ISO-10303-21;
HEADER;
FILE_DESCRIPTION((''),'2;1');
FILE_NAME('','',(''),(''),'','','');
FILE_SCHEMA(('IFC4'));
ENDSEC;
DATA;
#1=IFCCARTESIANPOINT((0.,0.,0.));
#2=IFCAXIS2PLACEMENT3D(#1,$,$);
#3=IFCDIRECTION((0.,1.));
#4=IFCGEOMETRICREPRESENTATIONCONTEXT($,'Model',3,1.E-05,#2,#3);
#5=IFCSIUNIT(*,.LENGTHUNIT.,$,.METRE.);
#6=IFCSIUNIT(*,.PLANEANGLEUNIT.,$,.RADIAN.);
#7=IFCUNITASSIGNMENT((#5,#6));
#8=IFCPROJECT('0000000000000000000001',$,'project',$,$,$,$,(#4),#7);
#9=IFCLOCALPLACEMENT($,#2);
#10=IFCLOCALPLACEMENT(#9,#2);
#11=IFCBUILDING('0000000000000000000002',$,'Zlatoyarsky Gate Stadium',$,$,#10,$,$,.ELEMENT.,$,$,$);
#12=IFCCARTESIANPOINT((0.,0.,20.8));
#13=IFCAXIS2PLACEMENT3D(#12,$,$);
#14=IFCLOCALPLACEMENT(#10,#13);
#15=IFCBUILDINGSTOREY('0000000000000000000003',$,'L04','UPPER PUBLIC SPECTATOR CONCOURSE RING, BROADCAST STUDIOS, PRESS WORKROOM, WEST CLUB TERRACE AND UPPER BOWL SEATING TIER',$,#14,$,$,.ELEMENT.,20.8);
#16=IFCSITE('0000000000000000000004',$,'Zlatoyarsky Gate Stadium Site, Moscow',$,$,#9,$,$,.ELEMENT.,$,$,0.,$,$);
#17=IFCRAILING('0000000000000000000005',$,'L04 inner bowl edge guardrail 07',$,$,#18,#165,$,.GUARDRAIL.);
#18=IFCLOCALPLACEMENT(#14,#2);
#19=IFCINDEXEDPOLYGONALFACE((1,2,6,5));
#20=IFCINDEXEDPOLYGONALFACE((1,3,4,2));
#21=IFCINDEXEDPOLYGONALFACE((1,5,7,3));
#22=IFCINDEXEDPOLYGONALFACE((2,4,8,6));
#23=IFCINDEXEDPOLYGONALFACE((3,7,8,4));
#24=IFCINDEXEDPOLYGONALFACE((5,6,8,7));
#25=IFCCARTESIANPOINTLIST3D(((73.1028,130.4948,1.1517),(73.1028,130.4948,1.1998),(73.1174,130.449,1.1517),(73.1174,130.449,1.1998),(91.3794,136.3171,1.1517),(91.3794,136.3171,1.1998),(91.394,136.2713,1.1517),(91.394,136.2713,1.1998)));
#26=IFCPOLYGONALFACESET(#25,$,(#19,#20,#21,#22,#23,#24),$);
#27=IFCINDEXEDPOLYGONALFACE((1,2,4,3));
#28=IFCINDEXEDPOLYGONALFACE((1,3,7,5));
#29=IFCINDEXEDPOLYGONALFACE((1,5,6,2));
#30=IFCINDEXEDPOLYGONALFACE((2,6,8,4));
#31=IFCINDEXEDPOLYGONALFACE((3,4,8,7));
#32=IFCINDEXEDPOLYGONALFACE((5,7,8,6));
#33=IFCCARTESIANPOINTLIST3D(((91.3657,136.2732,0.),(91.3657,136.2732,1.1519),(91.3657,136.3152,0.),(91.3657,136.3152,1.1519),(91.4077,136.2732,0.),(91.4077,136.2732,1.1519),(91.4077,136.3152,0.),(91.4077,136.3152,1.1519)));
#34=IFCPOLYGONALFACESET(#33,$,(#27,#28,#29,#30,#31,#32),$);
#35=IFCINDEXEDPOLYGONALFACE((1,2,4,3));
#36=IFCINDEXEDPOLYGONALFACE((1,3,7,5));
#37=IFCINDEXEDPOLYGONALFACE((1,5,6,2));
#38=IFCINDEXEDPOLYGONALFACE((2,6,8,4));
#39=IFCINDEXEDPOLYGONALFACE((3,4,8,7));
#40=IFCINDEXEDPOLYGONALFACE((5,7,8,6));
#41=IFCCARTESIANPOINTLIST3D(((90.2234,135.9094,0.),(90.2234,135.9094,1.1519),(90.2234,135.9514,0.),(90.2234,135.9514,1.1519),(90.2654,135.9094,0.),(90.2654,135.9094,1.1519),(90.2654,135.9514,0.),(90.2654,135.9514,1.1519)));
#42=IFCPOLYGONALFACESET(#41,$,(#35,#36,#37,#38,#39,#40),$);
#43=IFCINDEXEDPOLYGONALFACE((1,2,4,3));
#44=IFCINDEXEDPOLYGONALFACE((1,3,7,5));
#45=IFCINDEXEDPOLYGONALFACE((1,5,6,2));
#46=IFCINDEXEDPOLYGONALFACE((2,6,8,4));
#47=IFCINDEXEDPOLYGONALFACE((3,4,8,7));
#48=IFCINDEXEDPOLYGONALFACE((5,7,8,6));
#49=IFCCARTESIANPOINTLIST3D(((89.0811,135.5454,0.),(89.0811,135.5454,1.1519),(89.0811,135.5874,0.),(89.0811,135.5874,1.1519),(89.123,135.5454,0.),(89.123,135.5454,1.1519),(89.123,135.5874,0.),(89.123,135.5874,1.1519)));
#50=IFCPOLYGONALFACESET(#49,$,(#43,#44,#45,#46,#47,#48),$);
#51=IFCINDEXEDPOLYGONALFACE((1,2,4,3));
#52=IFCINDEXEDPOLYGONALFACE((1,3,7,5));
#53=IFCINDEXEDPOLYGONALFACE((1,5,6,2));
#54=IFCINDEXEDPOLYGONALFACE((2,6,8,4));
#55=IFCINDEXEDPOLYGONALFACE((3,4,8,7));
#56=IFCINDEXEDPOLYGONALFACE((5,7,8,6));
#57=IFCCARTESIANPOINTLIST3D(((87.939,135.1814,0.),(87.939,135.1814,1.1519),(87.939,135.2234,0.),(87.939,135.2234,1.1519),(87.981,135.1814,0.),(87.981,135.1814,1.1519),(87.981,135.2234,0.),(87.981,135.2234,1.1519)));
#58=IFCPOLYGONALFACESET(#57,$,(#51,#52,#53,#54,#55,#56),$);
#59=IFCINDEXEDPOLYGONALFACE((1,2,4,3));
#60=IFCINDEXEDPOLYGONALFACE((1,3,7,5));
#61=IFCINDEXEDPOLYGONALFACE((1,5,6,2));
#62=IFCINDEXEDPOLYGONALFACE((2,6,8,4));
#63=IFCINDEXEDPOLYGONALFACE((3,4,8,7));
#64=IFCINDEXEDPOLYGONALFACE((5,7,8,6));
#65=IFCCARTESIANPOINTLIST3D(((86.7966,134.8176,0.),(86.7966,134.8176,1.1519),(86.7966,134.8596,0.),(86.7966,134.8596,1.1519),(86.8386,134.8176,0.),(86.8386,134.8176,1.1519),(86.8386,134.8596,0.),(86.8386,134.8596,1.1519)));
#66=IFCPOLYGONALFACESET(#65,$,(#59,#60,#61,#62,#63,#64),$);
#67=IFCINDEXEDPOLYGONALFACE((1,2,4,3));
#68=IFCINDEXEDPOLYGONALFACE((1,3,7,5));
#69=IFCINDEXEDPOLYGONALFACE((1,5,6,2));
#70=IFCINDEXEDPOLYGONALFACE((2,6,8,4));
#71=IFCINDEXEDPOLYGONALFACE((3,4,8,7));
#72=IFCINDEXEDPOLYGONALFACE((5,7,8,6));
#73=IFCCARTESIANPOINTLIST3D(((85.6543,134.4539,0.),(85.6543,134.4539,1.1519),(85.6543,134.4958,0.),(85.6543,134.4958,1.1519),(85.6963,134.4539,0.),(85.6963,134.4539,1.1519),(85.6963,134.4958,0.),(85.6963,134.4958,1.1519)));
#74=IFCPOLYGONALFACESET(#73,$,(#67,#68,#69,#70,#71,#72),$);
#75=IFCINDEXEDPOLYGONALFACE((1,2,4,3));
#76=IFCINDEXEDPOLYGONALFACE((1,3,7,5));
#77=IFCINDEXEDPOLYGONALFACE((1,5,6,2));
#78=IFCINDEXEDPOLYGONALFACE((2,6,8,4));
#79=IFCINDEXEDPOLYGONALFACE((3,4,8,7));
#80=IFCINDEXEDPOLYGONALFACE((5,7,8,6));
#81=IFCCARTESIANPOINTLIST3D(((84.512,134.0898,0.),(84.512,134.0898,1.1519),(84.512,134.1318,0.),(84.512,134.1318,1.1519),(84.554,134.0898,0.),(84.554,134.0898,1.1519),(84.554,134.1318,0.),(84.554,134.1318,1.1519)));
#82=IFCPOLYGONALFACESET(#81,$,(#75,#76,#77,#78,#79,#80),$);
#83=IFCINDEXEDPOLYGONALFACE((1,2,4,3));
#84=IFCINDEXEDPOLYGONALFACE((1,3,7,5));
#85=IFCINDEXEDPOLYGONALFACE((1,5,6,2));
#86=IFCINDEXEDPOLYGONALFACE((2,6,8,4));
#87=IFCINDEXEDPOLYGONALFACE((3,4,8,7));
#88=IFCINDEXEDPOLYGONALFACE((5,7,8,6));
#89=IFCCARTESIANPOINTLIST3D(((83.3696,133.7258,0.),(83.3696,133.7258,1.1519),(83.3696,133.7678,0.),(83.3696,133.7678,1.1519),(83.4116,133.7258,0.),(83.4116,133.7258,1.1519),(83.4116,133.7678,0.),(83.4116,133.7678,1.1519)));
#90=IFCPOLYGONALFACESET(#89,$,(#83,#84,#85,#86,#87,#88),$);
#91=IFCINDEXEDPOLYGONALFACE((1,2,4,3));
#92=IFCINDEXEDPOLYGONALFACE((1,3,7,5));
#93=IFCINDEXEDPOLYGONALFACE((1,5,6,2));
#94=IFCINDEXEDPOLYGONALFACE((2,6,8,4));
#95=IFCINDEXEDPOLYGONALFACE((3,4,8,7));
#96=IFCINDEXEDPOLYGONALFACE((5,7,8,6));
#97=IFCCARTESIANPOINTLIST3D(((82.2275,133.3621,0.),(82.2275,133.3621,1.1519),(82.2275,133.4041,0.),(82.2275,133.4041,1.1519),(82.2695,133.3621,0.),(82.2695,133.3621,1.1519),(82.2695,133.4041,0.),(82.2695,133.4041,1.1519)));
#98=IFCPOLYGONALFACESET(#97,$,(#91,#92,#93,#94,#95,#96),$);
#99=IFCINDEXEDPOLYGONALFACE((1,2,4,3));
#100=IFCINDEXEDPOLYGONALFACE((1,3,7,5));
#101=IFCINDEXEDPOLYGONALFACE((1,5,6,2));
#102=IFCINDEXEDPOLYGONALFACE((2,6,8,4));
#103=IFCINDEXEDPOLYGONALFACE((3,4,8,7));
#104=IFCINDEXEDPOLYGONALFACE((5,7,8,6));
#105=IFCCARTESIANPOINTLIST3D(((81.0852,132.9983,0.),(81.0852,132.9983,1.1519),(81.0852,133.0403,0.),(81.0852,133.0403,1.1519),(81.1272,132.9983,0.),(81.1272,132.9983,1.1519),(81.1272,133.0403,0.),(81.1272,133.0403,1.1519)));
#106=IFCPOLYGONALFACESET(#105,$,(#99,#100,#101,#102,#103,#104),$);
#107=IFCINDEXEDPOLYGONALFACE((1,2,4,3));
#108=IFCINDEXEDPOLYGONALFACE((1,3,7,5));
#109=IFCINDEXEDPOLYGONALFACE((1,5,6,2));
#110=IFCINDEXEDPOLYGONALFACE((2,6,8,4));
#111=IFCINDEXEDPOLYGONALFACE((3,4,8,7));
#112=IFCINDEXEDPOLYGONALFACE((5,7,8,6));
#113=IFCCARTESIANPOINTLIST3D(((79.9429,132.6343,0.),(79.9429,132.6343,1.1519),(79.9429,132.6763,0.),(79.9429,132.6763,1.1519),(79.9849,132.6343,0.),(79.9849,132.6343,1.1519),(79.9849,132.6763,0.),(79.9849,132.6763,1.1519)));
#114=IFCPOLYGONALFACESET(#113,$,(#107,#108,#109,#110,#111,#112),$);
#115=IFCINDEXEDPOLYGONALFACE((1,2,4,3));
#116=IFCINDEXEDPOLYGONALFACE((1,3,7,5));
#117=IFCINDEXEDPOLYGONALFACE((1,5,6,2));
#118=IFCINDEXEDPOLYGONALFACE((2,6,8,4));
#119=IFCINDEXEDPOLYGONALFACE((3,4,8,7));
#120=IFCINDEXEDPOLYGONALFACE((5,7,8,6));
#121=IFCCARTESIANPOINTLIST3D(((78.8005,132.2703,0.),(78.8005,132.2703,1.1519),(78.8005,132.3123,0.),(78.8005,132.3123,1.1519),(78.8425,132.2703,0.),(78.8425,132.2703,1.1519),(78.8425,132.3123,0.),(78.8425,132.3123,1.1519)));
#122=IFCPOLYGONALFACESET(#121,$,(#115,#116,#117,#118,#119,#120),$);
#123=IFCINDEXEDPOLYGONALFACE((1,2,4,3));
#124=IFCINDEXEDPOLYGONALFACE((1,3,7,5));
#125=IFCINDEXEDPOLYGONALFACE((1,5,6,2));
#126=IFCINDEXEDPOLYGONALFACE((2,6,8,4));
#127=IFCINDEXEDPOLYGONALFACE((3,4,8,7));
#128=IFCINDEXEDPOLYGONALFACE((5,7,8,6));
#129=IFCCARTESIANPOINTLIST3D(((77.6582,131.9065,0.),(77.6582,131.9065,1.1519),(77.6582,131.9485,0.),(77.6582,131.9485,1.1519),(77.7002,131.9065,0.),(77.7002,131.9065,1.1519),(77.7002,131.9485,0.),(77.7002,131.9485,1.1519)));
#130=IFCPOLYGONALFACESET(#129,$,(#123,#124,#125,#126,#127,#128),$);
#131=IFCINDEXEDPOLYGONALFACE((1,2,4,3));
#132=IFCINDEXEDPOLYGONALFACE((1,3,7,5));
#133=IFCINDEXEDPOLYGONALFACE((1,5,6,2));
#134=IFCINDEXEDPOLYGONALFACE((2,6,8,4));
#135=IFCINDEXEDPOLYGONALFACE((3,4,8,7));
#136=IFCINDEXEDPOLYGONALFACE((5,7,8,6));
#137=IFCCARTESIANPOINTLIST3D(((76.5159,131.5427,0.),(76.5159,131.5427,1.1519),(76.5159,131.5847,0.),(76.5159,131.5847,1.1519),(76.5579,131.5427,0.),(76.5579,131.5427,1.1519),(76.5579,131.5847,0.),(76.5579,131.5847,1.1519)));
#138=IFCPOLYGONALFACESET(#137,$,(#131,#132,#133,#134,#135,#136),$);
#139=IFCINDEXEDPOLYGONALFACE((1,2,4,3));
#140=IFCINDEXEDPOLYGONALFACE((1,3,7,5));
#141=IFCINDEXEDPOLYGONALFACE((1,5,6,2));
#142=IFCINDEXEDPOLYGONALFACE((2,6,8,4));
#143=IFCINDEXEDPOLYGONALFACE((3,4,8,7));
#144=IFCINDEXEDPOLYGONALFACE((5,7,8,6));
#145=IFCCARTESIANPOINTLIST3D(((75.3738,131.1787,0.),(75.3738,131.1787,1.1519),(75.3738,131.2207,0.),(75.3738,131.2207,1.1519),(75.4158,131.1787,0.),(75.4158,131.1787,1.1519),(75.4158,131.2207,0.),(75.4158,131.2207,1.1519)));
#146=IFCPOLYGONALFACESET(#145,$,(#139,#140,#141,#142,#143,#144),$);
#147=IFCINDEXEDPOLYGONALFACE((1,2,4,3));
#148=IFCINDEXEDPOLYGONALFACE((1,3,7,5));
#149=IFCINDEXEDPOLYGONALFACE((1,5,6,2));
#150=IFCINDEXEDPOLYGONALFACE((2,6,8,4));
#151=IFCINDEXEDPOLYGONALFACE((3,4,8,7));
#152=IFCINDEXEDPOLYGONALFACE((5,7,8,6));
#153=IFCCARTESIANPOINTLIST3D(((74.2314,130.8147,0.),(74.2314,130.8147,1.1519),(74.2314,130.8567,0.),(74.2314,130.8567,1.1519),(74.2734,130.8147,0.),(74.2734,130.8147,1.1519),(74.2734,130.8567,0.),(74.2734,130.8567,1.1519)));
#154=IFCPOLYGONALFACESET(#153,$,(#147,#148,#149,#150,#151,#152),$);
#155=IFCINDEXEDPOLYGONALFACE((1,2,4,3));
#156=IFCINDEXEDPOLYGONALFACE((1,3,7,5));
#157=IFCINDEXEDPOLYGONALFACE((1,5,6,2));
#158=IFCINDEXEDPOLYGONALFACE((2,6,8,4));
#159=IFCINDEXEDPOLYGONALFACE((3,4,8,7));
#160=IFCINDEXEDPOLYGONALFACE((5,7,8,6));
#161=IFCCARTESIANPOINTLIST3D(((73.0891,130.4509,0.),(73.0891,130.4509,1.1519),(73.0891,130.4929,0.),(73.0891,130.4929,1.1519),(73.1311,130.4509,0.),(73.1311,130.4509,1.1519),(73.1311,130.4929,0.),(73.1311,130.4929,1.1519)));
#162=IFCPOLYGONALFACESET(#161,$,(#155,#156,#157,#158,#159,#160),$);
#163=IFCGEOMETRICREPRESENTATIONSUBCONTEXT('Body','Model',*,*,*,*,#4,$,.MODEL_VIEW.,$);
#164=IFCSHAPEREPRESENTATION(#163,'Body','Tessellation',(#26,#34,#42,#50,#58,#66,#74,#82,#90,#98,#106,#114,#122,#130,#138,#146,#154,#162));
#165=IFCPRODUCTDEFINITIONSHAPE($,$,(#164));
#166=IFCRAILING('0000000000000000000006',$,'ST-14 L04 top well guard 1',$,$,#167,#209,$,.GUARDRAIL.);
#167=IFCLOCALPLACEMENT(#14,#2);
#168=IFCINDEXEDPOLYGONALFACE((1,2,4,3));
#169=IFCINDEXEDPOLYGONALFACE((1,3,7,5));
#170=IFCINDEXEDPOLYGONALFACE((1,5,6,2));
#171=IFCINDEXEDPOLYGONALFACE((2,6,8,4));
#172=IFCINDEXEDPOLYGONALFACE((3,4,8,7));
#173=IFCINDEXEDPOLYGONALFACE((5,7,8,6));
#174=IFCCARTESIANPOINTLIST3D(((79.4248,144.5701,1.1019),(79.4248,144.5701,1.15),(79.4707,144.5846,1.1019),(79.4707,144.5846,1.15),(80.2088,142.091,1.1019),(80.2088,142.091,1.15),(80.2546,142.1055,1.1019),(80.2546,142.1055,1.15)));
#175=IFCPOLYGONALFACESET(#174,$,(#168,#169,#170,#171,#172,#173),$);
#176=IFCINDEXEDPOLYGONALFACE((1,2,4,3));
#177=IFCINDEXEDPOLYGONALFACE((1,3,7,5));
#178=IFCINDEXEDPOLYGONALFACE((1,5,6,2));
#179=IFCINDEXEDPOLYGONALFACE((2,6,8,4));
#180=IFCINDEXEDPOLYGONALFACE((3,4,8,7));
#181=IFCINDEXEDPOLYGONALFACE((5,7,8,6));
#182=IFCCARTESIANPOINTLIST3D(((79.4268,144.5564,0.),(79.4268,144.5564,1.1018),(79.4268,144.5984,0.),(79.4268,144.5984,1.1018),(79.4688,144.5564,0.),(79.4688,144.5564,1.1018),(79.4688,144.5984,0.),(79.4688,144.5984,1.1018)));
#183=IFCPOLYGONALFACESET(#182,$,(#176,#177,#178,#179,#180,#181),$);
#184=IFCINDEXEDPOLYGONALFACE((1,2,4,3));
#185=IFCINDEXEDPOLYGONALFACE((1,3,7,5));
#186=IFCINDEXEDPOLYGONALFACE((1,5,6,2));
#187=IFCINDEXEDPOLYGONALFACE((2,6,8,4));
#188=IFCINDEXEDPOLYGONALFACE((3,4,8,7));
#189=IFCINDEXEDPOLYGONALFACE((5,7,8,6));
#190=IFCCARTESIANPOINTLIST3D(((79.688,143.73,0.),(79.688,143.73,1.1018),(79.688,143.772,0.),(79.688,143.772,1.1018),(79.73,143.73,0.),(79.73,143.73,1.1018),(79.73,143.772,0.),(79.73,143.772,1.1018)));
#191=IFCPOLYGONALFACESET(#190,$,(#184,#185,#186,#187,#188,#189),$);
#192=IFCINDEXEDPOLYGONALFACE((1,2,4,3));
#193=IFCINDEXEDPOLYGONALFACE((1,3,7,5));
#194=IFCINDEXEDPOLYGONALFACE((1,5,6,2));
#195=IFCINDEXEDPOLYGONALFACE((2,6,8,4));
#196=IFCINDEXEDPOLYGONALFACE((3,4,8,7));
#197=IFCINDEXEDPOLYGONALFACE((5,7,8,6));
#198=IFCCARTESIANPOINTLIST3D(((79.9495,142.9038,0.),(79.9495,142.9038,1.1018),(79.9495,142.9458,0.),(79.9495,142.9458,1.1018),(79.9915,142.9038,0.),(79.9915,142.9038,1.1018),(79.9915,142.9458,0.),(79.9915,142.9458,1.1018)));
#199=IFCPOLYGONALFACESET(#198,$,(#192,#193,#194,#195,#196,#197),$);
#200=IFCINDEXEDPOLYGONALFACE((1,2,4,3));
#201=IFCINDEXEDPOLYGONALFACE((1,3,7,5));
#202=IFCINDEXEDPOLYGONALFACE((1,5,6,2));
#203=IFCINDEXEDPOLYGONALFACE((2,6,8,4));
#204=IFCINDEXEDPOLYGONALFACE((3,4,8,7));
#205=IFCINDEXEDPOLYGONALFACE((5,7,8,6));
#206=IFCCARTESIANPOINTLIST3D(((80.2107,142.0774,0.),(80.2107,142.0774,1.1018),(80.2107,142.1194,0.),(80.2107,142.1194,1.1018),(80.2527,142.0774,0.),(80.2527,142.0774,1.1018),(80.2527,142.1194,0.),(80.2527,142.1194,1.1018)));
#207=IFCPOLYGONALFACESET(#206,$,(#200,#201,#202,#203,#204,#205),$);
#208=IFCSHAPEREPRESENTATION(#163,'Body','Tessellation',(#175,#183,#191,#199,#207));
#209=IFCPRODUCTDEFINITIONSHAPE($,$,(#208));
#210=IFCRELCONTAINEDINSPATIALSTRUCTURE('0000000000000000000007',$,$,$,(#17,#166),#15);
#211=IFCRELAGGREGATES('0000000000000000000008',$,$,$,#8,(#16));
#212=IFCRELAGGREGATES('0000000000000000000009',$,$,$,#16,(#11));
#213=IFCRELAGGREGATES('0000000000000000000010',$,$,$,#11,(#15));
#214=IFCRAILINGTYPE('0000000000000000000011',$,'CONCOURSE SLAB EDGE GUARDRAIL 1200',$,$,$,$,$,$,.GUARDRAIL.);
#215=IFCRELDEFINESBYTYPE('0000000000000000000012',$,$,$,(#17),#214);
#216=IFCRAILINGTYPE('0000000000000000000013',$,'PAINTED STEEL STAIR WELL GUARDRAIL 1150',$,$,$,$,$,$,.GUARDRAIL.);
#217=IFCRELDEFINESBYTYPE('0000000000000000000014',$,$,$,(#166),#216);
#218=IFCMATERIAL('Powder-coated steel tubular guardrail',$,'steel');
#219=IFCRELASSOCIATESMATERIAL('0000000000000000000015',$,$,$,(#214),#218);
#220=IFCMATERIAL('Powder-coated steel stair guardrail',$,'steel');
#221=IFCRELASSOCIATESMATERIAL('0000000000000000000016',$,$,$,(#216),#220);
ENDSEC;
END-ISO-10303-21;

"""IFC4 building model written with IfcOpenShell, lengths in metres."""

from ifc_helpers import new_model, si_unit, direction, frame, origin, origin_2d, place, context, subcontext, project, spatial, rectangle, extrude, material, type_object, element, save


model = new_model("IFC4")

# Units and contexts
model_context = context("Model", 3, precision=1e-05, world=origin(), true_north=direction((0.0, 1.0)))
body_context = subcontext(model_context, "Body", "Model", "MODEL_VIEW")
ifc_project = project(units=[si_unit("LENGTHUNIT", "METRE"), si_unit("PLANEANGLEUNIT", "RADIAN")], contexts=[model_context])

# Site, building, storey
site_placement = place(None, origin())
site = spatial("IfcSite", under=ifc_project, at=site_placement, Name="Zlatoyarsky Gate Stadium Site, Moscow", CompositionType="ELEMENT", RefElevation=0.0)
building_placement = place(site_placement, origin())
building = spatial("IfcBuilding", under=site, at=building_placement, Name="Zlatoyarsky Gate Stadium", CompositionType="ELEMENT")
storey_placement = place(building_placement, frame((0.0, 0.0, 20.8)))
storey = spatial("IfcBuildingStorey", under=building, at=storey_placement, Name="L04", Description="UPPER PUBLIC SPECTATOR CONCOURSE RING, BROADCAST STUDIOS, PRESS WORKROOM, WEST CLUB TERRACE AND UPPER BOWL SEATING TIER", CompositionType="ELEMENT", Elevation=20.8)

# Railings
ifc_material_1 = material(Name="Powder-coated steel tubular guardrail", Category="steel")
railing_type_1 = type_object("IfcRailingType", Name="CONCOURSE SLAB EDGE GUARDRAIL 1200", PredefinedType="GUARDRAIL", material=ifc_material_1)
railing_1_placement = place(storey_placement, frame((91.3867, 136.2942, 0.0)))
element("IfcRailing", 1, at=railing_1_placement, inside=storey, type_object=railing_type_1, Name="L04 inner bowl edge guardrail 07", PredefinedType="GUARDRAIL", context=body_context, shape_type="SweptSolid", body=[
    extrude(rectangle(XDim=0.0481, YDim=0.0481, at=origin_2d()), frame((0.0, 0.0, 1.1758), z_axis=(-0.952821, -0.303534, 0.0), x_axis=(0.303534, -0.952821, 0.0)), (0.0, 0.0, 1.0), 19.1816),
    extrude(rectangle(XDim=0.042, YDim=0.042, at=origin_2d()), origin(), (0.0, 0.0, 1.0), 1.1519),
    extrude(rectangle(XDim=0.042, YDim=0.042, at=origin_2d()), frame((-1.1423, -0.3638, 0.0)), (0.0, 0.0, 1.0), 1.1519),
    extrude(rectangle(XDim=0.042, YDim=0.042, at=origin_2d()), frame((-2.2847, -0.7278, 0.0)), (0.0, 0.0, 1.0), 1.1519),
    extrude(rectangle(XDim=0.042, YDim=0.042, at=origin_2d()), frame((-3.4268, -1.0918, 0.0)), (0.0, 0.0, 1.0), 1.1519),
    extrude(rectangle(XDim=0.042, YDim=0.042, at=origin_2d()), frame((-4.5691, -1.4556, 0.0)), (0.0, 0.0, 1.0), 1.1519),
    extrude(rectangle(XDim=0.042, YDim=0.042, at=origin_2d()), frame((-5.7114, -1.8193, 0.0)), (0.0, 0.0, 1.0), 1.1519),
    extrude(rectangle(XDim=0.042, YDim=0.042, at=origin_2d()), frame((-6.8538, -2.1833, 0.0)), (0.0, 0.0, 1.0), 1.1519),
    extrude(rectangle(XDim=0.042, YDim=0.042, at=origin_2d()), frame((-7.9961, -2.5474, 0.0)), (0.0, 0.0, 1.0), 1.1519),
    extrude(rectangle(XDim=0.042, YDim=0.042, at=origin_2d()), frame((-9.1382, -2.9111, 0.0)), (0.0, 0.0, 1.0), 1.1519),
    extrude(rectangle(XDim=0.042, YDim=0.042, at=origin_2d()), frame((-10.2805, -3.2749, 0.0)), (0.0, 0.0, 1.0), 1.1519),
    extrude(rectangle(XDim=0.042, YDim=0.042, at=origin_2d()), frame((-11.4229, -3.6389, 0.0)), (0.0, 0.0, 1.0), 1.1519),
    extrude(rectangle(XDim=0.042, YDim=0.042, at=origin_2d()), frame((-12.5652, -4.0029, 0.0)), (0.0, 0.0, 1.0), 1.1519),
    extrude(rectangle(XDim=0.042, YDim=0.042, at=origin_2d()), frame((-13.7075, -4.3667, 0.0)), (0.0, 0.0, 1.0), 1.1519),
    extrude(rectangle(XDim=0.042, YDim=0.042, at=origin_2d()), frame((-14.8499, -4.7305, 0.0)), (0.0, 0.0, 1.0), 1.1519),
    extrude(rectangle(XDim=0.042, YDim=0.042, at=origin_2d()), frame((-15.9919, -5.0945, 0.0)), (0.0, 0.0, 1.0), 1.1519),
    extrude(rectangle(XDim=0.042, YDim=0.042, at=origin_2d()), frame((-17.1343, -5.4585, 0.0)), (0.0, 0.0, 1.0), 1.1519),
    extrude(rectangle(XDim=0.042, YDim=0.042, at=origin_2d()), frame((-18.2766, -5.8223, 0.0)), (0.0, 0.0, 1.0), 1.1519),
])
ifc_material_2 = material(Name="Powder-coated steel stair guardrail", Category="steel")
railing_type_2 = type_object("IfcRailingType", Name="PAINTED STEEL STAIR WELL GUARDRAIL 1150", PredefinedType="GUARDRAIL", material=ifc_material_2)
railing_2_placement = place(storey_placement, frame((79.4478, 144.5774, 0.0)))
element("IfcRailing", 2, at=railing_2_placement, inside=storey, type_object=railing_type_2, Name="ST-14 L04 top well guard 1", PredefinedType="GUARDRAIL", context=body_context, shape_type="SweptSolid", body=[
    extrude(rectangle(XDim=0.0481, YDim=0.0481, at=origin_2d()), frame((0.0, 0.0, 1.126), z_axis=(0.301513, -0.953462, 0.0), x_axis=(0.953462, 0.301513, 0.0)), (0.0, 0.0, 1.0), 2.6001),
    extrude(rectangle(XDim=0.042, YDim=0.042, at=origin_2d()), origin(), (0.0, 0.0, 1.0), 1.1018),
    extrude(rectangle(XDim=0.042, YDim=0.042, at=origin_2d()), frame((0.2612, -0.8264, 0.0)), (0.0, 0.0, 1.0), 1.1018),
    extrude(rectangle(XDim=0.042, YDim=0.042, at=origin_2d()), frame((0.5227, -1.6526, 0.0)), (0.0, 0.0, 1.0), 1.1018),
    extrude(rectangle(XDim=0.042, YDim=0.042, at=origin_2d()), frame((0.7839, -2.479, 0.0)), (0.0, 0.0, 1.0), 1.1018),
])

save(model, "model.ifc")
